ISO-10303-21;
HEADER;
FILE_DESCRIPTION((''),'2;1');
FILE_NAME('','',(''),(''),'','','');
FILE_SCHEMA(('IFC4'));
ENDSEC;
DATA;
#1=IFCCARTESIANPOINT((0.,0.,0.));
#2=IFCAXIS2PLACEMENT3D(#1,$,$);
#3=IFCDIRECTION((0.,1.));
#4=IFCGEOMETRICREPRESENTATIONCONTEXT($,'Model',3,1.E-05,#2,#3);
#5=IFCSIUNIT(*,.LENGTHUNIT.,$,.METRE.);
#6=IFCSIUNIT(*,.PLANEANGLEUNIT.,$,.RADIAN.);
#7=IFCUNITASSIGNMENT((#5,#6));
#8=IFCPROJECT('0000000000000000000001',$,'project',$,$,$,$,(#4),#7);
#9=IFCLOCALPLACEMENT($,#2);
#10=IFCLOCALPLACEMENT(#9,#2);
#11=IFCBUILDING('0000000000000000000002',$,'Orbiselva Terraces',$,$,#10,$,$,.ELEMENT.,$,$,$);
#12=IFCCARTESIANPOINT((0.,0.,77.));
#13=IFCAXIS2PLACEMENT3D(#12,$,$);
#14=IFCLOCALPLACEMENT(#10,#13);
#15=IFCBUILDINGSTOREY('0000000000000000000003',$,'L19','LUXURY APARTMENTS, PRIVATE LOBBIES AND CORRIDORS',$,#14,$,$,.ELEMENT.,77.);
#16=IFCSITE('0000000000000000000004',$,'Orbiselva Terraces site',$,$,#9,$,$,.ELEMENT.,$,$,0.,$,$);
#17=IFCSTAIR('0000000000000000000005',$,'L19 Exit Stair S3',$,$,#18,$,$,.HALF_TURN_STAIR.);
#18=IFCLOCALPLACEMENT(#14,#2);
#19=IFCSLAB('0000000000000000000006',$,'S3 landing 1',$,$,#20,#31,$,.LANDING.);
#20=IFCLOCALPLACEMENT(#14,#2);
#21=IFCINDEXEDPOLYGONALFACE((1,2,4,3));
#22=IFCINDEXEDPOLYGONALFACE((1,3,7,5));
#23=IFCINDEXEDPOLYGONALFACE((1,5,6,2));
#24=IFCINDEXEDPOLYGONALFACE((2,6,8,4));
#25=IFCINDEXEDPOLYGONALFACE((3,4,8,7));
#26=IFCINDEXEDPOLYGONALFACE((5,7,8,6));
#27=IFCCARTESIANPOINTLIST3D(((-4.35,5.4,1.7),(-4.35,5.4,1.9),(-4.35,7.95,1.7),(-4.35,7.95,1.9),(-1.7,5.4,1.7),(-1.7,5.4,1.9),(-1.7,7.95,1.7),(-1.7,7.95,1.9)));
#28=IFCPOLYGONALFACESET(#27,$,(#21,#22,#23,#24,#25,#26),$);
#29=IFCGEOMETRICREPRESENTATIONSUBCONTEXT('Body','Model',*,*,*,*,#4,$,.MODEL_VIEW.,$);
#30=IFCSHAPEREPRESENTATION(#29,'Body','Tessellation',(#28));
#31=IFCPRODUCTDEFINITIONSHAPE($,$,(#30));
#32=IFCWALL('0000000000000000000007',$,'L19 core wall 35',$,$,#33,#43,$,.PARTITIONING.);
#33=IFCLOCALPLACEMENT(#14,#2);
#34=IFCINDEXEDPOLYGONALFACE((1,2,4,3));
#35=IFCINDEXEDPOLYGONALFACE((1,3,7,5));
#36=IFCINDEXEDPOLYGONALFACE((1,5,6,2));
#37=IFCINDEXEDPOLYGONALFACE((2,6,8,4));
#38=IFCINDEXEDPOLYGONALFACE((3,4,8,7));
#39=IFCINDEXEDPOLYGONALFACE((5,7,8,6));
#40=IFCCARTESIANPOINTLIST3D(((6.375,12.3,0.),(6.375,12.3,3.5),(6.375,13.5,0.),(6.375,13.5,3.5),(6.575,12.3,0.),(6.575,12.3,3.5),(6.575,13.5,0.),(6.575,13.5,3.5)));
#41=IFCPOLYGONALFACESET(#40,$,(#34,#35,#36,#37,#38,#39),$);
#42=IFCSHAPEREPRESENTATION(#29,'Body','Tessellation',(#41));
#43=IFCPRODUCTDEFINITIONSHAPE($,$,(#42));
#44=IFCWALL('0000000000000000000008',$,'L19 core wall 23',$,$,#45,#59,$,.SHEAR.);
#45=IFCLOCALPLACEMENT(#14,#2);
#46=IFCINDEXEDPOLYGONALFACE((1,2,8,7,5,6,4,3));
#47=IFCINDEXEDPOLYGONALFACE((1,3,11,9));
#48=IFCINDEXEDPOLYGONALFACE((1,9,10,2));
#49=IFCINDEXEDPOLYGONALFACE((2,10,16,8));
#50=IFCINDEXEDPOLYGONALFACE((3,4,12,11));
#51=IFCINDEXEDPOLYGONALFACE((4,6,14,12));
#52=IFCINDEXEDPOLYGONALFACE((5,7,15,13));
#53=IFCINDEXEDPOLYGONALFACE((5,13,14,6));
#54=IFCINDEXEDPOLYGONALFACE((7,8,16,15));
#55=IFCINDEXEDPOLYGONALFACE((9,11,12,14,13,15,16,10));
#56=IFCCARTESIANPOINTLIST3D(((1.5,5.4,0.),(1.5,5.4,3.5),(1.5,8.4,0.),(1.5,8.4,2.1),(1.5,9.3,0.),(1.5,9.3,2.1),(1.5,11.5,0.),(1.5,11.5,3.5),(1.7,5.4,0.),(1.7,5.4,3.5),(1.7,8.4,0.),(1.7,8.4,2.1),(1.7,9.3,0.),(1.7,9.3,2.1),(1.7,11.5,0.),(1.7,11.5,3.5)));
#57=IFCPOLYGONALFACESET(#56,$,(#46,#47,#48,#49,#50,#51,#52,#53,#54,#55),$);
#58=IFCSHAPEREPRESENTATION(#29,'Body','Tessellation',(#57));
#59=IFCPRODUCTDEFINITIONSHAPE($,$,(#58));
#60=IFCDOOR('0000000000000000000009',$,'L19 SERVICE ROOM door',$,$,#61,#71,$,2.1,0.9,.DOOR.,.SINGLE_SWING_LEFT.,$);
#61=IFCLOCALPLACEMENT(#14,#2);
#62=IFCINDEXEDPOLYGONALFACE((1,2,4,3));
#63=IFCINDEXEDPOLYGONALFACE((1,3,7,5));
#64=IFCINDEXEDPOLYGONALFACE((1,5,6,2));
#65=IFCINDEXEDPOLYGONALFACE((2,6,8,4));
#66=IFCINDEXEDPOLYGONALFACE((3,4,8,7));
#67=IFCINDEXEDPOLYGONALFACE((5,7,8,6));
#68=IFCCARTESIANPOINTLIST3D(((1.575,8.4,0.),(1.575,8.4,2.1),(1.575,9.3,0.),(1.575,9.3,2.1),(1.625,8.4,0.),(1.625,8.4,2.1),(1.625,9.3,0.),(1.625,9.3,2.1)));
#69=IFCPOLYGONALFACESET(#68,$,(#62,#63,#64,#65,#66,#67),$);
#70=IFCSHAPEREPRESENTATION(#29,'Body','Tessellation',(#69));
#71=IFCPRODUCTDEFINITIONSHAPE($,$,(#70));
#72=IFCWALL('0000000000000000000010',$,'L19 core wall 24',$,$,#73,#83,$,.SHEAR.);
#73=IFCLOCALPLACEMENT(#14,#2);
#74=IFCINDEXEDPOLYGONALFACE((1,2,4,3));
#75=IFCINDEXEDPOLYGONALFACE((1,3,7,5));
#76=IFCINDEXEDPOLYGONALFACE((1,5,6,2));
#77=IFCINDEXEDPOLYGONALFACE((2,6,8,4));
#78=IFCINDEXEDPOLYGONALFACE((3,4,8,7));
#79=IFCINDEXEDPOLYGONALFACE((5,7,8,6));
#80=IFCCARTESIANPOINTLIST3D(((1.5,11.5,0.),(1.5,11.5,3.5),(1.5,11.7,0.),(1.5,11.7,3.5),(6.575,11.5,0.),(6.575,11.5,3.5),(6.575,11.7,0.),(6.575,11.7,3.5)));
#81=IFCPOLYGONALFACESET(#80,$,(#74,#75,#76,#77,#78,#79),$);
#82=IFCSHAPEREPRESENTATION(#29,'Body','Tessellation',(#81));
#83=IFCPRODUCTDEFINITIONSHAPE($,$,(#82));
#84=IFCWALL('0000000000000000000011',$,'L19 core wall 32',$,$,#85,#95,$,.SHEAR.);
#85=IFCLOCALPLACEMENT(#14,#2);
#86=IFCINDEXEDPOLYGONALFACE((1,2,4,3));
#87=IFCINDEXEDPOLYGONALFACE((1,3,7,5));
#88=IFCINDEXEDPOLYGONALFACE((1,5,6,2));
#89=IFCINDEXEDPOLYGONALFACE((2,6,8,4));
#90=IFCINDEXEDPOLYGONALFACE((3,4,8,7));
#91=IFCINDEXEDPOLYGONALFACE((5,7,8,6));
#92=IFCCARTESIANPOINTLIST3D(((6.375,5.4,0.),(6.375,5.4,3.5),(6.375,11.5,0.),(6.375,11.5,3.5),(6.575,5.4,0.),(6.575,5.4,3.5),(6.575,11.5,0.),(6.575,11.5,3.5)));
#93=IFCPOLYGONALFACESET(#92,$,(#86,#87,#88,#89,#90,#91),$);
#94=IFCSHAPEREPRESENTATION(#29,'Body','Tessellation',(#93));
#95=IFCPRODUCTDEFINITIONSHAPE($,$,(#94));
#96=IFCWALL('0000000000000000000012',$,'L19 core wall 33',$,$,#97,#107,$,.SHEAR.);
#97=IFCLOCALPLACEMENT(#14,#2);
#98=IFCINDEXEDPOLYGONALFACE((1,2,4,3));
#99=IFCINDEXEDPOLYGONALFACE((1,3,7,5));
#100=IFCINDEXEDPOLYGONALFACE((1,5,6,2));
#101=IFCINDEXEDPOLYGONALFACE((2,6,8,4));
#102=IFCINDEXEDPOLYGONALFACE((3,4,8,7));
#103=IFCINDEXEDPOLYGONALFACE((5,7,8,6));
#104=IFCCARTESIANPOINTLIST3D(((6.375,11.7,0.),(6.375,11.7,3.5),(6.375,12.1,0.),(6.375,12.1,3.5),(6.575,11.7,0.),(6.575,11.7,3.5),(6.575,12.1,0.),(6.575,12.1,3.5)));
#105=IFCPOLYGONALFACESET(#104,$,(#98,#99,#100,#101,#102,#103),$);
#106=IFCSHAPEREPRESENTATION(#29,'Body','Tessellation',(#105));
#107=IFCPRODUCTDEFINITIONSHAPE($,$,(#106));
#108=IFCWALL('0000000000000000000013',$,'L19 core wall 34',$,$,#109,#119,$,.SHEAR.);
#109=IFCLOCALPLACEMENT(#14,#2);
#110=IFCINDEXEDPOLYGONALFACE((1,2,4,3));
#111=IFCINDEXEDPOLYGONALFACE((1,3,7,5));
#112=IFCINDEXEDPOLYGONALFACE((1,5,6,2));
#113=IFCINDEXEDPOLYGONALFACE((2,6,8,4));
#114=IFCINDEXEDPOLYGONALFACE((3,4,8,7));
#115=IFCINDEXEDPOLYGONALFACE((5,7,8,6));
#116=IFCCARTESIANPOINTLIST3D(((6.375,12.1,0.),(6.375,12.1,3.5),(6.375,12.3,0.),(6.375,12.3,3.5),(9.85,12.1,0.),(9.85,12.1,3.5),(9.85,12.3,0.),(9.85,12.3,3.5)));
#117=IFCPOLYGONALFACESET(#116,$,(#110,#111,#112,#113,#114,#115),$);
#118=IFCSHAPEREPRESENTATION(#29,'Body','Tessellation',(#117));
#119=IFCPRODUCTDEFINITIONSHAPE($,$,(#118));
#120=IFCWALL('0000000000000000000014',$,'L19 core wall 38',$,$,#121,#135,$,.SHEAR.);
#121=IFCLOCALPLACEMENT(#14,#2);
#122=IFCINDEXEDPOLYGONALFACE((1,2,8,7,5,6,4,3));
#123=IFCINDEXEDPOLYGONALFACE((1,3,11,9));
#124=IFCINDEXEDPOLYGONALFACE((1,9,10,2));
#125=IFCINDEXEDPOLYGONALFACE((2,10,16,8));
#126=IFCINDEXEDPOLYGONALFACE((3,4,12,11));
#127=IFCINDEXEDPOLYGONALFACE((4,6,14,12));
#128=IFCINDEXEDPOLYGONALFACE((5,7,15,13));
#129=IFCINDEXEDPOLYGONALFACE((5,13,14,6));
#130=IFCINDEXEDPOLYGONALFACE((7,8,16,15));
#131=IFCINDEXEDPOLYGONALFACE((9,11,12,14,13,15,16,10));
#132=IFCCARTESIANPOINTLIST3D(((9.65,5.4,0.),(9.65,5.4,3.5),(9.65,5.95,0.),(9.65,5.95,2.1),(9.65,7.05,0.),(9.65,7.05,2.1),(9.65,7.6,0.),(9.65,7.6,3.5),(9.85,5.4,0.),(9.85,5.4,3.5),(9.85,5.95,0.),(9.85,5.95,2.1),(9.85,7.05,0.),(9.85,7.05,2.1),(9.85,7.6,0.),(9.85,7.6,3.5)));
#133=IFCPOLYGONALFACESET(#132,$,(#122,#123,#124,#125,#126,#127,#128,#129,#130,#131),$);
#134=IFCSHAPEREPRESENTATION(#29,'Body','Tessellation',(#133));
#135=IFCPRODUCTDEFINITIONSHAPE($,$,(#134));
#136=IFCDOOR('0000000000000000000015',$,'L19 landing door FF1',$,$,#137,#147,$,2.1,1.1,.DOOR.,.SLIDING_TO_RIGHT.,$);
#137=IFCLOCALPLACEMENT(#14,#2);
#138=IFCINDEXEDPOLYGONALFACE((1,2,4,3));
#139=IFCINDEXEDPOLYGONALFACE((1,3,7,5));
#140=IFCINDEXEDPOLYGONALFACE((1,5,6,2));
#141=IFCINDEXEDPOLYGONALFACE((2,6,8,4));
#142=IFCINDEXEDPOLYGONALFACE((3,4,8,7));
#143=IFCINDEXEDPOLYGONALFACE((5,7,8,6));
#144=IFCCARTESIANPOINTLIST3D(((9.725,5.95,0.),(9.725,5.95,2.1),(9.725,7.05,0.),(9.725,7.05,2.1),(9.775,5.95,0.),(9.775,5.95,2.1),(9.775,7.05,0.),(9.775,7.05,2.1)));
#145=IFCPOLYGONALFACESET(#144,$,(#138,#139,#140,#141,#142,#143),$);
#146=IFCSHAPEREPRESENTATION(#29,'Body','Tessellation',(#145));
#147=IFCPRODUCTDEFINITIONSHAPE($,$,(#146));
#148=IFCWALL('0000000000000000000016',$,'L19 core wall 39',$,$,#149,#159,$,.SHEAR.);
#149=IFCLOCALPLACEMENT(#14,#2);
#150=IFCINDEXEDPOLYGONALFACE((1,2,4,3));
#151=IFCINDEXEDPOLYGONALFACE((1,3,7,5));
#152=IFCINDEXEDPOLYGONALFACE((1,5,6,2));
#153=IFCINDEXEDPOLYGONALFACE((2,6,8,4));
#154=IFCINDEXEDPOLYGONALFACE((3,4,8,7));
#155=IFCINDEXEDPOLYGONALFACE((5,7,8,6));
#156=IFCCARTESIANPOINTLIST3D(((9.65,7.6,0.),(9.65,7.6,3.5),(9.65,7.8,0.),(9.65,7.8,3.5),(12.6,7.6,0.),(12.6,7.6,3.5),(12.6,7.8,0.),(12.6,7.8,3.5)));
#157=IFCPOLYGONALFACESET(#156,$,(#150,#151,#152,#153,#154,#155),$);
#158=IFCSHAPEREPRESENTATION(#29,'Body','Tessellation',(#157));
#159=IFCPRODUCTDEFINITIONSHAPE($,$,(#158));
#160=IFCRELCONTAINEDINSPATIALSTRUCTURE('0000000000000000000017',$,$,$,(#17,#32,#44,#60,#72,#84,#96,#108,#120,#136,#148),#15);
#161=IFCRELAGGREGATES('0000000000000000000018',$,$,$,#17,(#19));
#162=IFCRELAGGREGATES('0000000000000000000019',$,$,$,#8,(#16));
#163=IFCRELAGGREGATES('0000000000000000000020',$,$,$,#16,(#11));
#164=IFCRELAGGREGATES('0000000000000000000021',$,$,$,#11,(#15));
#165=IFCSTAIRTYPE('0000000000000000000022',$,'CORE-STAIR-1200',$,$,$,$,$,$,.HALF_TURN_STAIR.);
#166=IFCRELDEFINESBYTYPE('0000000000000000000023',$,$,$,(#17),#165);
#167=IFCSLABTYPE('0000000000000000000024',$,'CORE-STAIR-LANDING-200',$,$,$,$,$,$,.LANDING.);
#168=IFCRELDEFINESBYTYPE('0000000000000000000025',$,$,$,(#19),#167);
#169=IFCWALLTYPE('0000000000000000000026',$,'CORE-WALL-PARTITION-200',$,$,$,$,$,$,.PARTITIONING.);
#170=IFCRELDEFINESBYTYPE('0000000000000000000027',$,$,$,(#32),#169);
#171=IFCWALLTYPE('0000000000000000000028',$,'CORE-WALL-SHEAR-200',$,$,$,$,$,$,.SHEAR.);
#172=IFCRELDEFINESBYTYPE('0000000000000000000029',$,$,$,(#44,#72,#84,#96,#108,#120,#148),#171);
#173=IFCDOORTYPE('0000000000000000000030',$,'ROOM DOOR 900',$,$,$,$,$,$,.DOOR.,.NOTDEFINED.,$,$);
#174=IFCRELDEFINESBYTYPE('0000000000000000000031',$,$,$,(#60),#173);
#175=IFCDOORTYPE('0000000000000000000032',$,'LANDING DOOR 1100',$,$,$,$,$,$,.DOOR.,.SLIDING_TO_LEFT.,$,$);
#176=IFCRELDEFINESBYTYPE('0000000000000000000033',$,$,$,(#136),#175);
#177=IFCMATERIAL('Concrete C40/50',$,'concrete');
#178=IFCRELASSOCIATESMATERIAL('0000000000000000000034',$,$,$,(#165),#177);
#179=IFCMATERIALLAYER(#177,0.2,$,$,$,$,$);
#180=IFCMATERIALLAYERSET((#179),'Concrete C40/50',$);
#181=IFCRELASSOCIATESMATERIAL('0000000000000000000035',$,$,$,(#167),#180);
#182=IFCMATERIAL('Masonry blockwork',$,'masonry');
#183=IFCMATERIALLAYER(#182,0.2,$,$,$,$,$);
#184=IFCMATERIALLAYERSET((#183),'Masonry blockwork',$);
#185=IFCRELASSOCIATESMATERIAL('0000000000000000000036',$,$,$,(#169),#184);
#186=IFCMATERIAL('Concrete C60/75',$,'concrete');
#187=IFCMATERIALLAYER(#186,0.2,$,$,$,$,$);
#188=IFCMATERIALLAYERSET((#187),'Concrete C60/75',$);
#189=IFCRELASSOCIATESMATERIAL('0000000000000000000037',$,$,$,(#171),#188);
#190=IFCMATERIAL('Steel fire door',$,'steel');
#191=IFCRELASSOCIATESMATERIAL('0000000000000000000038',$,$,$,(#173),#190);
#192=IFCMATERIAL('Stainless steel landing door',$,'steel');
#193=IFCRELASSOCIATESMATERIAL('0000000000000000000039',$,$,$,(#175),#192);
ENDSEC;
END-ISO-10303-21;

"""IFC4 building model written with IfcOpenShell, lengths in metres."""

from ifc_helpers import new_model, si_unit, direction, frame, frame_2d, origin, place, context, subcontext, project, spatial, polyline, rectangle, outline, extrude, material, layer, layer_set, type_object, element, fill, aggregate, save


model = new_model("IFC4")

# Units and contexts
model_context = context("Model", 3, precision=1e-05, world=origin(), true_north=direction((0.0, 1.0)))
body_context = subcontext(model_context, "Body", "Model", "MODEL_VIEW")
ifc_project = project(units=[si_unit("LENGTHUNIT", "METRE"), si_unit("PLANEANGLEUNIT", "RADIAN")], contexts=[model_context])

# Site, building, storey
site_placement = place(None, origin())
site = spatial("IfcSite", under=ifc_project, at=site_placement, Name="Orbiselva Terraces site", CompositionType="ELEMENT", RefElevation=0.0)
building_placement = place(site_placement, origin())
building = spatial("IfcBuilding", under=site, at=building_placement, Name="Orbiselva Terraces", CompositionType="ELEMENT")
storey_placement = place(building_placement, frame((0.0, 0.0, 77.0)))
storey = spatial("IfcBuildingStorey", under=building, at=storey_placement, Name="L19", Description="LUXURY APARTMENTS, PRIVATE LOBBIES AND CORRIDORS", CompositionType="ELEMENT", Elevation=77.0)

# Stair, slab
ifc_material_1 = material(Name="Concrete C40/50", Category="concrete")
stair_type = type_object("IfcStairType", Name="CORE-STAIR-1200", PredefinedType="HALF_TURN_STAIR", material=ifc_material_1)
stair_placement = place(storey_placement, origin())
stair = element("IfcStair", 1, at=stair_placement, inside=storey, type_object=stair_type, Name="L19 Exit Stair S3", PredefinedType="HALF_TURN_STAIR")
ifc_layer_1 = layer(ifc_material_1, 0.2)
ifc_layer_set_1 = layer_set([ifc_layer_1], Name="Concrete C40/50")
slab_type = type_object("IfcSlabType", Name="CORE-STAIR-LANDING-200", PredefinedType="LANDING", material=ifc_layer_set_1)
slab_placement = place(storey_placement, frame((0.0, 0.0, 1.7)))
slab = element("IfcSlab", 2, at=slab_placement, type_object=slab_type, Name="S3 landing 1", PredefinedType="LANDING", context=body_context, shape_type="SweptSolid", body=[
    extrude(outline(polyline([(-4.35, 5.4), (-1.7, 5.4), (-1.7, 7.95), (-4.35, 7.95), (-4.35, 5.4)])), origin(), (0.0, 0.0, 1.0), 0.2),
])
aggregate(stair, [slab])

# Wall
ifc_material_2 = material(Name="Masonry blockwork", Category="masonry")
ifc_layer_2 = layer(ifc_material_2, 0.2)
ifc_layer_set_2 = layer_set([ifc_layer_2], Name="Masonry blockwork")
wall_type_1 = type_object("IfcWallType", Name="CORE-WALL-PARTITION-200", PredefinedType="PARTITIONING", material=ifc_layer_set_2)
wall_1_placement = place(storey_placement, frame((6.475, 12.3, 0.0), z_axis=(0.0, 0.0, 1.0), x_axis=(0.0, 1.0, 0.0)))
element("IfcWall", 3, at=wall_1_placement, inside=storey, type_object=wall_type_1, Name="L19 core wall 35", PredefinedType="PARTITIONING", context=body_context, shape_type="SweptSolid", body=[
    extrude(rectangle(XDim=1.2, YDim=0.2, at=frame_2d((0.6, 0.0))), origin(), (0.0, 0.0, 1.0), 3.5),
])

# Wall, opening, door
ifc_material_3 = material(Name="Concrete C60/75", Category="concrete")
ifc_layer_3 = layer(ifc_material_3, 0.2)
ifc_layer_set_3 = layer_set([ifc_layer_3], Name="Concrete C60/75")
wall_type_2 = type_object("IfcWallType", Name="CORE-WALL-SHEAR-200", PredefinedType="SHEAR", material=ifc_layer_set_3)
wall_2_placement = place(storey_placement, frame((1.6, 11.5, 0.0), z_axis=(0.0, 0.0, 1.0), x_axis=(0.0, -1.0, 0.0)))
wall_2 = element("IfcWall", 4, at=wall_2_placement, inside=storey, type_object=wall_type_2, Name="L19 core wall 23", PredefinedType="SHEAR", context=body_context, shape_type="SweptSolid", body=[
    extrude(rectangle(XDim=6.1, YDim=0.2, at=frame_2d((3.05, 0.0))), origin(), (0.0, 0.0, 1.0), 3.5),
])
opening_1_placement = place(wall_2_placement, frame((2.2, 0.0, 0.0)))
opening_1 = element("IfcOpeningElement", 5, at=opening_1_placement, cuts=wall_2, PredefinedType="OPENING", context=body_context, shape_type="SweptSolid", body=[
    extrude(rectangle(XDim=0.9, YDim=2.1, at=frame_2d((0.45, 1.05))), frame((0.0, 0.11, 0.0), z_axis=(0.0, -1.0, 0.0), x_axis=(1.0, 0.0, 0.0)), (0.0, 0.0, 1.0), 0.22),
])
ifc_material_4 = material(Name="Steel fire door", Category="steel")
door_type_1 = type_object("IfcDoorType", Name="ROOM DOOR 900", OperationType="NOTDEFINED", PredefinedType="DOOR", material=ifc_material_4)
door_1_placement = place(opening_1_placement, origin())
door_1 = element("IfcDoor", 6, at=door_1_placement, inside=storey, type_object=door_type_1, Name="L19 SERVICE ROOM door", OperationType="SINGLE_SWING_LEFT", OverallHeight=2.1, OverallWidth=0.9, PredefinedType="DOOR", context=body_context, shape_type="SweptSolid", body=[
    extrude(rectangle(XDim=0.9, YDim=2.1, at=frame_2d((0.45, 1.05))), frame((0.0, 0.025, 0.0), z_axis=(0.0, -1.0, 0.0), x_axis=(1.0, 0.0, 0.0)), (0.0, 0.0, 1.0), 0.05),
])
fill(opening_1, door_1)

# Walls
wall_3_placement = place(storey_placement, frame((1.5, 11.6, 0.0), z_axis=(0.0, 0.0, 1.0), x_axis=(1.0, 0.0, 0.0)))
element("IfcWall", 7, at=wall_3_placement, inside=storey, type_object=wall_type_2, Name="L19 core wall 24", PredefinedType="SHEAR", context=body_context, shape_type="SweptSolid", body=[
    extrude(rectangle(XDim=5.075, YDim=0.2, at=frame_2d((2.5375, 0.0))), origin(), (0.0, 0.0, 1.0), 3.5),
])
wall_4_placement = place(storey_placement, frame((6.475, 5.4, 0.0), z_axis=(0.0, 0.0, 1.0), x_axis=(0.0, 1.0, 0.0)))
element("IfcWall", 8, at=wall_4_placement, inside=storey, type_object=wall_type_2, Name="L19 core wall 32", PredefinedType="SHEAR", context=body_context, shape_type="SweptSolid", body=[
    extrude(rectangle(XDim=6.1, YDim=0.2, at=frame_2d((3.05, 0.0))), origin(), (0.0, 0.0, 1.0), 3.5),
])
wall_5_placement = place(storey_placement, frame((6.475, 11.7, 0.0), z_axis=(0.0, 0.0, 1.0), x_axis=(0.0, 1.0, 0.0)))
element("IfcWall", 9, at=wall_5_placement, inside=storey, type_object=wall_type_2, Name="L19 core wall 33", PredefinedType="SHEAR", context=body_context, shape_type="SweptSolid", body=[
    extrude(rectangle(XDim=0.4, YDim=0.2, at=frame_2d((0.2, 0.0))), origin(), (0.0, 0.0, 1.0), 3.5),
])
wall_6_placement = place(storey_placement, frame((6.375, 12.2, 0.0), z_axis=(0.0, 0.0, 1.0), x_axis=(1.0, 0.0, 0.0)))
element("IfcWall", 10, at=wall_6_placement, inside=storey, type_object=wall_type_2, Name="L19 core wall 34", PredefinedType="SHEAR", context=body_context, shape_type="SweptSolid", body=[
    extrude(rectangle(XDim=3.475, YDim=0.2, at=frame_2d((1.7375, 0.0))), origin(), (0.0, 0.0, 1.0), 3.5),
])

# Wall, opening, door
wall_7_placement = place(storey_placement, frame((9.75, 5.4, 0.0), z_axis=(0.0, 0.0, 1.0), x_axis=(0.0, 1.0, 0.0)))
wall_7 = element("IfcWall", 11, at=wall_7_placement, inside=storey, type_object=wall_type_2, Name="L19 core wall 38", PredefinedType="SHEAR", context=body_context, shape_type="SweptSolid", body=[
    extrude(rectangle(XDim=2.2, YDim=0.2, at=frame_2d((1.1, 0.0))), origin(), (0.0, 0.0, 1.0), 3.5),
])
opening_2_placement = place(wall_7_placement, frame((0.55, 0.0, 0.0)))
opening_2 = element("IfcOpeningElement", 12, at=opening_2_placement, cuts=wall_7, PredefinedType="OPENING", context=body_context, shape_type="SweptSolid", body=[
    extrude(rectangle(XDim=1.1, YDim=2.1, at=frame_2d((0.55, 1.05))), frame((0.0, 0.11, 0.0), z_axis=(0.0, -1.0, 0.0), x_axis=(1.0, 0.0, 0.0)), (0.0, 0.0, 1.0), 0.22),
])
ifc_material_5 = material(Name="Stainless steel landing door", Category="steel")
door_type_2 = type_object("IfcDoorType", Name="LANDING DOOR 1100", OperationType="SLIDING_TO_LEFT", PredefinedType="DOOR", material=ifc_material_5)
door_2_placement = place(opening_2_placement, origin())
door_2 = element("IfcDoor", 13, at=door_2_placement, inside=storey, type_object=door_type_2, Name="L19 landing door FF1", OperationType="SLIDING_TO_RIGHT", OverallHeight=2.1, OverallWidth=1.1, PredefinedType="DOOR", context=body_context, shape_type="SweptSolid", body=[
    extrude(rectangle(XDim=1.1, YDim=2.1, at=frame_2d((0.55, 1.05))), frame((0.0, 0.025, 0.0), z_axis=(0.0, -1.0, 0.0), x_axis=(1.0, 0.0, 0.0)), (0.0, 0.0, 1.0), 0.05),
])
fill(opening_2, door_2)

# Wall
wall_8_placement = place(storey_placement, frame((9.65, 7.7, 0.0), z_axis=(0.0, 0.0, 1.0), x_axis=(1.0, 0.0, 0.0)))
element("IfcWall", 14, at=wall_8_placement, inside=storey, type_object=wall_type_2, Name="L19 core wall 39", PredefinedType="SHEAR", context=body_context, shape_type="SweptSolid", body=[
    extrude(rectangle(XDim=2.95, YDim=0.2, at=frame_2d((1.475, 0.0))), origin(), (0.0, 0.0, 1.0), 3.5),
])

save(model, "model.ifc")
